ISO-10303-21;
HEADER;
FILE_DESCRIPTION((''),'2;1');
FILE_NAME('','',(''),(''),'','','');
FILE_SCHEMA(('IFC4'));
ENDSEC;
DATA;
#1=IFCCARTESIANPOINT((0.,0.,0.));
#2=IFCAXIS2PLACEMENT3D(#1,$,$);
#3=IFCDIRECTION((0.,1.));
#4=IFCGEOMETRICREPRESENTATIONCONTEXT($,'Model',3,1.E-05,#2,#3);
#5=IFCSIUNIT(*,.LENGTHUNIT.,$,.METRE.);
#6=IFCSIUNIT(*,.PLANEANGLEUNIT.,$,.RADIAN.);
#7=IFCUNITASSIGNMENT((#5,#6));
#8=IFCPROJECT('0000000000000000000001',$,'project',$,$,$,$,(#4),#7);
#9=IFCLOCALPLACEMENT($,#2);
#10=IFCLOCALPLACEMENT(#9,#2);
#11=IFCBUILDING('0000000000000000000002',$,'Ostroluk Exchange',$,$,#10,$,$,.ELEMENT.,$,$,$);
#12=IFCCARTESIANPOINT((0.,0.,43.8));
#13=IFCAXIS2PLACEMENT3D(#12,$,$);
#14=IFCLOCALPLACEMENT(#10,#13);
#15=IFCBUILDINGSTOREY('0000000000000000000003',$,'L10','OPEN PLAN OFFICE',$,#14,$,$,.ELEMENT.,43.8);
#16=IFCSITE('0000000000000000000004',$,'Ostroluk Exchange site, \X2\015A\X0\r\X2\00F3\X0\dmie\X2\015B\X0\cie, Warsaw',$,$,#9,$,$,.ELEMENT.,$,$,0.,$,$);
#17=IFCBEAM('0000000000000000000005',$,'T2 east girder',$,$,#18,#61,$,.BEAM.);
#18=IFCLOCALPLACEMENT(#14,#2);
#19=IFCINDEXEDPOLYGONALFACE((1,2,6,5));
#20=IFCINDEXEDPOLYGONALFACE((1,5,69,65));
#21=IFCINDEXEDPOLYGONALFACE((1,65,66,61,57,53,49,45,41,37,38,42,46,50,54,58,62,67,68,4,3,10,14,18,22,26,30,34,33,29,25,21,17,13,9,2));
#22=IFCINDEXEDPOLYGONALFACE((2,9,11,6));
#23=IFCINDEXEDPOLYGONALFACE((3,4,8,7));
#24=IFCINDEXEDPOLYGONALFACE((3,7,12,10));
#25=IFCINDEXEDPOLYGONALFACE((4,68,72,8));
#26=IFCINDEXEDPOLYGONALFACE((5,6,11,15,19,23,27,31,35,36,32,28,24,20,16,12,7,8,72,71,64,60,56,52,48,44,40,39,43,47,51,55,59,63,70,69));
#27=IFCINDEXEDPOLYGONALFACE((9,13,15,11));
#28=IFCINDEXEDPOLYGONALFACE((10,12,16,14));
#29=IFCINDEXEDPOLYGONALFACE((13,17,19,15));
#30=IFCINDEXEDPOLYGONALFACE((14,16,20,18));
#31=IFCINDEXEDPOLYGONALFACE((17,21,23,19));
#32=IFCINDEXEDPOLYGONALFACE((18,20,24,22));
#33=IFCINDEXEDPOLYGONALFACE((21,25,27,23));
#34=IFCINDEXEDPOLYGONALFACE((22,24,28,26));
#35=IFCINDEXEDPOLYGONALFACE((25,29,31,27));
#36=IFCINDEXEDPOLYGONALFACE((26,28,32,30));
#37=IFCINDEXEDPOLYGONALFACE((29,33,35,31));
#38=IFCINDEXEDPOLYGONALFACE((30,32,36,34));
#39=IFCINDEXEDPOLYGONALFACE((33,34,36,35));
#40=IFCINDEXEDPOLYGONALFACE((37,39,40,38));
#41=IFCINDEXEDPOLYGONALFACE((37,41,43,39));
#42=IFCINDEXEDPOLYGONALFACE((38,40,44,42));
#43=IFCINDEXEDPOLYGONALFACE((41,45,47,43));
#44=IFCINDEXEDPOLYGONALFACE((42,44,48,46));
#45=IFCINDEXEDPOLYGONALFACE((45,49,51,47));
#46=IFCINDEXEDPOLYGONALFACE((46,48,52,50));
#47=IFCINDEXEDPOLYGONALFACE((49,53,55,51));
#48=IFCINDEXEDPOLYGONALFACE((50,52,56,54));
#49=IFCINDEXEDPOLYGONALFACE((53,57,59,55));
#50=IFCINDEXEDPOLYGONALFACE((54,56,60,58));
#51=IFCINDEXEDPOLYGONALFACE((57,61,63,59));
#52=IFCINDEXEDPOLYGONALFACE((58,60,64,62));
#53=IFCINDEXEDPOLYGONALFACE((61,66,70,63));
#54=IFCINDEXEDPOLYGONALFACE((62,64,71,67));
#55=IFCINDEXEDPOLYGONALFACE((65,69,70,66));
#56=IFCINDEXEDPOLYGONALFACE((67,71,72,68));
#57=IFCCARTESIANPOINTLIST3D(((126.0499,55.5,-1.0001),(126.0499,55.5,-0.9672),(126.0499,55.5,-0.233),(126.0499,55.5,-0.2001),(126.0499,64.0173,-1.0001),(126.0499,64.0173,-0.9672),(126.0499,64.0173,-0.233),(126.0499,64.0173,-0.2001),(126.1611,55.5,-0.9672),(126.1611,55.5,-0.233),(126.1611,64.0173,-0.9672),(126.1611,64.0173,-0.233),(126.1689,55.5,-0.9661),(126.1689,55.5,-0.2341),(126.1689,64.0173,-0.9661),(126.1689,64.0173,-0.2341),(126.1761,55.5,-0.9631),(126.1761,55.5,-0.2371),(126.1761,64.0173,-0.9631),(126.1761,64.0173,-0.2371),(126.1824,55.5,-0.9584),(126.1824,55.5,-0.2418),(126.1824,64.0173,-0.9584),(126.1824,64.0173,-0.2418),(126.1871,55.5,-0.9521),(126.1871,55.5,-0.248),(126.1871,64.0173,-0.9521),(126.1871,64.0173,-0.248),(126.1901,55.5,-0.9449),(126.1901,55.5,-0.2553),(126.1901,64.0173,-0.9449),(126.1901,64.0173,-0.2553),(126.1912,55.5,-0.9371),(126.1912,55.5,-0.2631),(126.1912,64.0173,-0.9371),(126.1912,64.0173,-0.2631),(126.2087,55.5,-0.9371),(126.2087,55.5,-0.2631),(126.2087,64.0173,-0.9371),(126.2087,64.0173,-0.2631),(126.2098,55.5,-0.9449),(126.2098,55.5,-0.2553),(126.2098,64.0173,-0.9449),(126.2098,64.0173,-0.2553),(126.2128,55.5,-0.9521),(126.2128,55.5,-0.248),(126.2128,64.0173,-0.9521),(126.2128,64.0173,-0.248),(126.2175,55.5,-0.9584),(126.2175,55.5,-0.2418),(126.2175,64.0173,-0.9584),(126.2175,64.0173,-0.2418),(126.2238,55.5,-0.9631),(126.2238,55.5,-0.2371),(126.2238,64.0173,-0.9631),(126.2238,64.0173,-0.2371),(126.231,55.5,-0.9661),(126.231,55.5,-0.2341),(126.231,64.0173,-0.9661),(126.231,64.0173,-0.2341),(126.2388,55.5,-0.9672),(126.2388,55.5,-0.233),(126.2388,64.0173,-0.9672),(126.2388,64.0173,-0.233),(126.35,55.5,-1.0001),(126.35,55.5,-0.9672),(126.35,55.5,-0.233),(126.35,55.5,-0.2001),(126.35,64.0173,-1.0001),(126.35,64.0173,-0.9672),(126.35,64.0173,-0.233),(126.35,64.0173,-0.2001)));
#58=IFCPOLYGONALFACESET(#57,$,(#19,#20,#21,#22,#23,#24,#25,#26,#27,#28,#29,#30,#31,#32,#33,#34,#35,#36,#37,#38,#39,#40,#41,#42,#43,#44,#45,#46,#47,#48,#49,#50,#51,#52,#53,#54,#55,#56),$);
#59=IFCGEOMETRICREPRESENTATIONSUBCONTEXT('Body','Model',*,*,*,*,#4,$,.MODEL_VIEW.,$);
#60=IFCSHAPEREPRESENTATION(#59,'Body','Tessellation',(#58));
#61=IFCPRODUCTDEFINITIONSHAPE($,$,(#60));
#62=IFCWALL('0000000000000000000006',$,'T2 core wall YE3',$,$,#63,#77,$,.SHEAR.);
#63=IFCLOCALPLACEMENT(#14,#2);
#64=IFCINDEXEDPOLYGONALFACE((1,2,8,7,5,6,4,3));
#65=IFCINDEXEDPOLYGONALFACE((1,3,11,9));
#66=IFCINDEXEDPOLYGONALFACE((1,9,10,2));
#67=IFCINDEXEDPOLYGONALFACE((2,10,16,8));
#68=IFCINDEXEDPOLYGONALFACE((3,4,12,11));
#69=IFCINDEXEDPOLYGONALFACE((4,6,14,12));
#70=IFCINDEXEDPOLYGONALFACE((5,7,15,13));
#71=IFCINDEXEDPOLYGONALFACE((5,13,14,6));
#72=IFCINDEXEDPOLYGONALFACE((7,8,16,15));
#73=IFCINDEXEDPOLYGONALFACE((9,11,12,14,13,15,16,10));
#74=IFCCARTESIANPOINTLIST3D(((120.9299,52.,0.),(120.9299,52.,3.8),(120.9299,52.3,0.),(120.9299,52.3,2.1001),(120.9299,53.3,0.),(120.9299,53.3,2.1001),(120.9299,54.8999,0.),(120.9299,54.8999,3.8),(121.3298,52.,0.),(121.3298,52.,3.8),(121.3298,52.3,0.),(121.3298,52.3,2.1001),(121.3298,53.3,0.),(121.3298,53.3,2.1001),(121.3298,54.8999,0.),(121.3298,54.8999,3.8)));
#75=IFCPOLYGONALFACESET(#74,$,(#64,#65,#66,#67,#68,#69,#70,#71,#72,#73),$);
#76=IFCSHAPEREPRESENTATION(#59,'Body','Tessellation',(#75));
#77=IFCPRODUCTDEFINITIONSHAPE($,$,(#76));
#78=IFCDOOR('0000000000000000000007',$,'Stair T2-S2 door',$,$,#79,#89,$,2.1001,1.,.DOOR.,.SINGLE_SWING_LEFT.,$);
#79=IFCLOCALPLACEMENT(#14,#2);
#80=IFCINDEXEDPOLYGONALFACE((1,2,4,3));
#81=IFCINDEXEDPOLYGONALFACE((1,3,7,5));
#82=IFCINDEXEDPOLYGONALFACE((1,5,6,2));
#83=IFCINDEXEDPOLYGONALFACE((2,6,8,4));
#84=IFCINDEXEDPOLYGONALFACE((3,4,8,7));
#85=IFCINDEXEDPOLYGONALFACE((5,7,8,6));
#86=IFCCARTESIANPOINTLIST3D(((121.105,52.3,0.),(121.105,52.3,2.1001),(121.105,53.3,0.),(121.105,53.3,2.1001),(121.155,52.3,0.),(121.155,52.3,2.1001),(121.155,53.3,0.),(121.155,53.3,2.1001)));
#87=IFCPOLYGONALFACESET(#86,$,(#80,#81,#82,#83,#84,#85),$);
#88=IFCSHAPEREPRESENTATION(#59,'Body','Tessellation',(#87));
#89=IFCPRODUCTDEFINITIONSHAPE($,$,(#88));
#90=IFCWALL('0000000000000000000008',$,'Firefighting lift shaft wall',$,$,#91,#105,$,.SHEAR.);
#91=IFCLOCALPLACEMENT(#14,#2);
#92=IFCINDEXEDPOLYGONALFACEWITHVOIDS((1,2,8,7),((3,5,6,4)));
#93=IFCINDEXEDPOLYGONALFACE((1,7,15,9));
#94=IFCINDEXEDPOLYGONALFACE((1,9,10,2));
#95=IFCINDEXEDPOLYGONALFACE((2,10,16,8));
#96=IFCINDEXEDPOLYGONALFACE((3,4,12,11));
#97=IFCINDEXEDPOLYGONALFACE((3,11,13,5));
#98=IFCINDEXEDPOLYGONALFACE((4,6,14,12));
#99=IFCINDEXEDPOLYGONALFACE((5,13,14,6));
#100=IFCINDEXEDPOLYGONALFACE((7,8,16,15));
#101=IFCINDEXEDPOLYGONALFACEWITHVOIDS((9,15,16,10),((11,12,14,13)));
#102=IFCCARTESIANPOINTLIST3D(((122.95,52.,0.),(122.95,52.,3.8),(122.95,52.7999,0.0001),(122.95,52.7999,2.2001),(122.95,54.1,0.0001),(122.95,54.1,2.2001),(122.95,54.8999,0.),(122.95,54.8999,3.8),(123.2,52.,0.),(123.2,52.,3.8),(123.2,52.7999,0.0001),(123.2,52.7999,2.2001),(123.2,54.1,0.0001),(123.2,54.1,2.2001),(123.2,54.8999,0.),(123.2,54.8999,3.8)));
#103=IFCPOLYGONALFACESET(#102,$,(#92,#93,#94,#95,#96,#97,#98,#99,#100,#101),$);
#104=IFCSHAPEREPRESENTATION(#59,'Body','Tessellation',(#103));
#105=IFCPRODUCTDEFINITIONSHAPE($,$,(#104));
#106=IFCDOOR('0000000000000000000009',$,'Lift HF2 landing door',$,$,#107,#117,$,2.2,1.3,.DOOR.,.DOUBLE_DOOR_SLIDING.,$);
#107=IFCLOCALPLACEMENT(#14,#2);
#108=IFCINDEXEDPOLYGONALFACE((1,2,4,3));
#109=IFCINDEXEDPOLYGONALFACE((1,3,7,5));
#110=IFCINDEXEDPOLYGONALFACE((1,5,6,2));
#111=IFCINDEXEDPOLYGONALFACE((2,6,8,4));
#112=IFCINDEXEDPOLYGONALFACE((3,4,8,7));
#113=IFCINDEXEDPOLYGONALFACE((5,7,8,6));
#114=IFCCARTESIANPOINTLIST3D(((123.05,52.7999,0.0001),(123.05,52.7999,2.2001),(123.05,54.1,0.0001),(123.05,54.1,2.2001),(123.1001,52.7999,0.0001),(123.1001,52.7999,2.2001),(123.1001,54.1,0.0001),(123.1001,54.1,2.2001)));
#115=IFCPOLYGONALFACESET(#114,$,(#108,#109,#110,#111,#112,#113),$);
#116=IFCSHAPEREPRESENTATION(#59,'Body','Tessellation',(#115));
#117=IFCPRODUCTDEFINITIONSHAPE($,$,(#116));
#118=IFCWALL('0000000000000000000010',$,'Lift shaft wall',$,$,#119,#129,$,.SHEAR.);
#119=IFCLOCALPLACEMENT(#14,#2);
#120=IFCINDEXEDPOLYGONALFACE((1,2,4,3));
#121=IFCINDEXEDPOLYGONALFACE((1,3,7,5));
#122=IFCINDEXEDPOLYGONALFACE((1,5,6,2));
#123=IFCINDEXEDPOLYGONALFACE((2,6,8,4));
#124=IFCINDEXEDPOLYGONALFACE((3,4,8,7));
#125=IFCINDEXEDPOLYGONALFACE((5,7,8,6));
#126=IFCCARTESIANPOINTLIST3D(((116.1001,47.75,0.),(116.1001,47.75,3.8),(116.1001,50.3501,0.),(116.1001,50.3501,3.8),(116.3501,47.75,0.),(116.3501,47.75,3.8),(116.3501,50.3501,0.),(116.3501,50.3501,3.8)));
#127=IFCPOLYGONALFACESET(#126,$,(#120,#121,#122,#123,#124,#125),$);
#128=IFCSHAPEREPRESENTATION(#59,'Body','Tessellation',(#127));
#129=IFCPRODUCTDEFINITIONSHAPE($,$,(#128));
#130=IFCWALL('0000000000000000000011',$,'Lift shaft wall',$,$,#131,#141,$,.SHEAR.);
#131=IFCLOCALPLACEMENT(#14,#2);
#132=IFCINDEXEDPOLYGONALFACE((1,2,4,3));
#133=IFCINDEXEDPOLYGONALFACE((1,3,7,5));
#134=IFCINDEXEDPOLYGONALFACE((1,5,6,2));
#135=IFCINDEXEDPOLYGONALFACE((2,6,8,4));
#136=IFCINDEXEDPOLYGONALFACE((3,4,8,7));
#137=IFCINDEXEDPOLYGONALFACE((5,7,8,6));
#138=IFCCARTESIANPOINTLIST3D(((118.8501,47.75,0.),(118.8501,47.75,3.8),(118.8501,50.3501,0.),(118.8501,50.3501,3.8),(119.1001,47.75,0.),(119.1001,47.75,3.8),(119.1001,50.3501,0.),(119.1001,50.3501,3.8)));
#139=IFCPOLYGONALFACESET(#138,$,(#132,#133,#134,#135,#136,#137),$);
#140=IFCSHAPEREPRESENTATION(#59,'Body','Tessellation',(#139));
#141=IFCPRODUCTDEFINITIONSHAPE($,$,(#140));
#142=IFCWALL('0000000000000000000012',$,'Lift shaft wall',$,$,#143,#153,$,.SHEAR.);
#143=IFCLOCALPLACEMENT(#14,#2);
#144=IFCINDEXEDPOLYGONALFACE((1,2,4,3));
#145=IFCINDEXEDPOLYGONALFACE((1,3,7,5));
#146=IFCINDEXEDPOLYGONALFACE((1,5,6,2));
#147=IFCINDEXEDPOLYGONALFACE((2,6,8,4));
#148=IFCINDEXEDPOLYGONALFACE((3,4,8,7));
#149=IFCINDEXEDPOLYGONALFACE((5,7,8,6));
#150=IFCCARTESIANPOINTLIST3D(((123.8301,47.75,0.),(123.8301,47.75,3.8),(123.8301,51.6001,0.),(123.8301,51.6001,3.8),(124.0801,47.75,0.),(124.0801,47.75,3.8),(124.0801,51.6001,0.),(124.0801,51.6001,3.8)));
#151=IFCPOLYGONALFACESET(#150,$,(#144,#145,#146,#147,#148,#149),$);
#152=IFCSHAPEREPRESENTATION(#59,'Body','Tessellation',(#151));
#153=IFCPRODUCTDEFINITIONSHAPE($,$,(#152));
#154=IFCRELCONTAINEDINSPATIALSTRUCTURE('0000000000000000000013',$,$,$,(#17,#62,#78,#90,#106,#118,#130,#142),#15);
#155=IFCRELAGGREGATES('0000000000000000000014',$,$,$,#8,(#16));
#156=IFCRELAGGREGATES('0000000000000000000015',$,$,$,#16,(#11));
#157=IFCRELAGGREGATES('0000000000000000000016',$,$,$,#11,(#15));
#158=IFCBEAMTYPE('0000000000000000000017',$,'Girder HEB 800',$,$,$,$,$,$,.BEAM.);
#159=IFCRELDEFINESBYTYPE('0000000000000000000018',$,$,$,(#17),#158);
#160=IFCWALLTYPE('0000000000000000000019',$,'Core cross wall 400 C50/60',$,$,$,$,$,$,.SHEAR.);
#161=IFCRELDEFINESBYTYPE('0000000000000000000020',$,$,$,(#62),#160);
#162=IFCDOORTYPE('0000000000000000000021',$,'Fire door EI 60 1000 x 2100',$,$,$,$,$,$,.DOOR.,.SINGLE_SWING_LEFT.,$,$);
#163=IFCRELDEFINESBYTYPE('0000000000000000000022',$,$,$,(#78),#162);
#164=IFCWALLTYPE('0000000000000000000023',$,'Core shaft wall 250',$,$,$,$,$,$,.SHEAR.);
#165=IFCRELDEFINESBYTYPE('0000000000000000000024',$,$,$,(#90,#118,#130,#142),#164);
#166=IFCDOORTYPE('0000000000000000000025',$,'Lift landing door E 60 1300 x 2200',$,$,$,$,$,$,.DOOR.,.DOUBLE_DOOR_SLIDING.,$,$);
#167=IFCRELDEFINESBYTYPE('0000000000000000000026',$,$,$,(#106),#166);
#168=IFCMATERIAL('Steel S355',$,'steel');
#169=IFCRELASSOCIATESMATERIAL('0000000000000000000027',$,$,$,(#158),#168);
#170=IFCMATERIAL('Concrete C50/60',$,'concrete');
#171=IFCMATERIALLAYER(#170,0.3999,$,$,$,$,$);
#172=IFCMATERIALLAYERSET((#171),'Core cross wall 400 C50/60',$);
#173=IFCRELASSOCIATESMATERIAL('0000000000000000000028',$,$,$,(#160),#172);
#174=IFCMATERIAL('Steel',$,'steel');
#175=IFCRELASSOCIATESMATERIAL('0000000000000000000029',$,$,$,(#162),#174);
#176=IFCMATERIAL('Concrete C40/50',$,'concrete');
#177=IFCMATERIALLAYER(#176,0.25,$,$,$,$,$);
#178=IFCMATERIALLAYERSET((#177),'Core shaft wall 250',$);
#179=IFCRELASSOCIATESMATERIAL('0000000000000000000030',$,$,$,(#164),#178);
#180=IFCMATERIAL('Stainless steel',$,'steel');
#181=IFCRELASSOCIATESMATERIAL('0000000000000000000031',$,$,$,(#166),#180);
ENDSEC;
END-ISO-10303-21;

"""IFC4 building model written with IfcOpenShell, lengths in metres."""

from ifc_helpers import new_model, si_unit, direction, frame, frame_2d, origin, origin_2d, place, context, subcontext, project, spatial, rectangle, i_section, extrude, material, layer, layer_set, material_profile, profile_set, type_object, element, fill, save


model = new_model("IFC4")

# Units and contexts
model_context = context("Model", 3, precision=1e-05, world=origin(), true_north=direction((0.0, 1.0)))
body_context = subcontext(model_context, "Body", "Model", "MODEL_VIEW")
ifc_project = project(units=[si_unit("LENGTHUNIT", "METRE"), si_unit("PLANEANGLEUNIT", "RADIAN")], contexts=[model_context])

# Site, building, storey
site_placement = place(None, origin())
site = spatial("IfcSite", under=ifc_project, at=site_placement, Name="Ostroluk Exchange site, Śródmieście, Warsaw", CompositionType="ELEMENT", RefElevation=0.0)
building_placement = place(site_placement, origin())
building = spatial("IfcBuilding", under=site, at=building_placement, Name="Ostroluk Exchange", CompositionType="ELEMENT")
storey_placement = place(building_placement, frame((0.0, 0.0, 43.8)))
storey = spatial("IfcBuildingStorey", under=building, at=storey_placement, Name="L10", Description="OPEN PLAN OFFICE", CompositionType="ELEMENT", Elevation=43.8)

# Beam
ifc_material_1 = material(Name="Steel S355", Category="steel")
ifc_material_profile_1 = material_profile(ifc_material_1, i_section(OverallWidth=0.3, OverallDepth=0.8, WebThickness=0.0176, FlangeThickness=0.033, FilletRadius=0.03, at=origin_2d()), Name="HEB 800")
ifc_profile_set_1 = profile_set([ifc_material_profile_1], Name="Steel S355")
beam_type_1 = type_object("IfcBeamType", Name="Girder HEB 800", PredefinedType="BEAM", material=ifc_profile_set_1)
beam_1_placement = place(storey_placement, frame((126.2, 55.5, -0.6001), z_axis=(0.0, 1.0, 0.0), x_axis=(-1.0, 0.0, 0.0)))
element("IfcBeam", 1, at=beam_1_placement, inside=storey, type_object=beam_type_1, Name="T2 east girder", PredefinedType="BEAM", context=body_context, shape_type="SweptSolid", body=[
    extrude(i_section(OverallWidth=0.3, OverallDepth=0.8, WebThickness=0.0176, FlangeThickness=0.033, FilletRadius=0.03, at=origin_2d()), origin(), (0.0, 0.0, 1.0), 8.5173),
])

# Walls, openings, doors
ifc_material_2 = material(Name="Concrete C50/60", Category="concrete")
ifc_layer_1 = layer(ifc_material_2, 0.3999)
ifc_layer_set_1 = layer_set([ifc_layer_1], Name="Core cross wall 400 C50/60")
wall_type_1 = type_object("IfcWallType", Name="Core cross wall 400 C50/60", PredefinedType="SHEAR", material=ifc_layer_set_1)
wall_1_placement = place(storey_placement, frame((121.1299, 52.0, 0.0), z_axis=(0.0, 0.0, 1.0), x_axis=(0.0, 1.0, 0.0)))
wall_1 = element("IfcWall", 2, at=wall_1_placement, inside=storey, type_object=wall_type_1, Name="T2 core wall YE3", PredefinedType="SHEAR", context=body_context, shape_type="SweptSolid", body=[
    extrude(rectangle(XDim=2.8999, YDim=0.3999, at=frame_2d((1.45, 0.0))), origin(), (0.0, 0.0, 1.0), 3.8),
])
opening_1_placement = place(wall_1_placement, frame((0.3, 0.0, 0.0)))
opening_1 = element("IfcOpeningElement", 3, at=opening_1_placement, cuts=wall_1, PredefinedType="OPENING", context=body_context, shape_type="SweptSolid", body=[
    extrude(rectangle(XDim=1.0, YDim=2.1001, at=frame_2d((0.5, 1.05))), frame((0.0, 0.21, 0.0), z_axis=(0.0, -1.0, 0.0), x_axis=(1.0, 0.0, 0.0)), (0.0, 0.0, 1.0), 0.4199),
])
ifc_material_3 = material(Name="Steel", Category="steel")
door_type_1 = type_object("IfcDoorType", Name="Fire door EI 60 1000 x 2100", OperationType="SINGLE_SWING_LEFT", PredefinedType="DOOR", material=ifc_material_3)
door_1_placement = place(opening_1_placement, origin())
door_1 = element("IfcDoor", 4, at=door_1_placement, inside=storey, type_object=door_type_1, Name="Stair T2-S2 door", OperationType="SINGLE_SWING_LEFT", OverallHeight=2.1001, OverallWidth=1.0, PredefinedType="DOOR", context=body_context, shape_type="SweptSolid", body=[
    extrude(rectangle(XDim=1.0, YDim=2.1001, at=frame_2d((0.5, 1.05))), frame((0.0, 0.0249, 0.0), z_axis=(0.0, -1.0, 0.0), x_axis=(1.0, 0.0, 0.0)), (0.0, 0.0, 1.0), 0.05),
])
fill(opening_1, door_1)
ifc_material_4 = material(Name="Concrete C40/50", Category="concrete")
ifc_layer_2 = layer(ifc_material_4, 0.25)
ifc_layer_set_2 = layer_set([ifc_layer_2], Name="Core shaft wall 250")
wall_type_2 = type_object("IfcWallType", Name="Core shaft wall 250", PredefinedType="SHEAR", material=ifc_layer_set_2)
wall_2_placement = place(storey_placement, frame((123.075, 52.0, 0.0), z_axis=(0.0, 0.0, 1.0), x_axis=(0.0, 1.0, 0.0)))
wall_2 = element("IfcWall", 5, at=wall_2_placement, inside=storey, type_object=wall_type_2, Name="Firefighting lift shaft wall", PredefinedType="SHEAR", context=body_context, shape_type="SweptSolid", body=[
    extrude(rectangle(XDim=2.8999, YDim=0.25, at=frame_2d((1.45, 0.0))), origin(), (0.0, 0.0, 1.0), 3.8),
])
opening_2_placement = place(wall_2_placement, frame((0.8, 0.0, 0.0)))
opening_2 = element("IfcOpeningElement", 6, at=opening_2_placement, cuts=wall_2, PredefinedType="OPENING", context=body_context, shape_type="SweptSolid", body=[
    extrude(rectangle(XDim=1.3, YDim=2.2, at=frame_2d((0.6499, 1.1001))), frame((0.0, 0.135, 0.0), z_axis=(0.0, -1.0, 0.0), x_axis=(1.0, 0.0, 0.0)), (0.0, 0.0, 1.0), 0.27),
])
ifc_material_5 = material(Name="Stainless steel", Category="steel")
door_type_2 = type_object("IfcDoorType", Name="Lift landing door E 60 1300 x 2200", OperationType="DOUBLE_DOOR_SLIDING", PredefinedType="DOOR", material=ifc_material_5)
door_2_placement = place(opening_2_placement, origin())
door_2 = element("IfcDoor", 7, at=door_2_placement, inside=storey, type_object=door_type_2, Name="Lift HF2 landing door", OperationType="DOUBLE_DOOR_SLIDING", OverallHeight=2.2, OverallWidth=1.3, PredefinedType="DOOR", context=body_context, shape_type="SweptSolid", body=[
    extrude(rectangle(XDim=1.3, YDim=2.2, at=frame_2d((0.6499, 1.1001))), frame((0.0, 0.0249, 0.0), z_axis=(0.0, -1.0, 0.0), x_axis=(1.0, 0.0, 0.0)), (0.0, 0.0, 1.0), 0.05),
])
fill(opening_2, door_2)

# Walls
for number, where, z_axis, x_axis, name in (
    (8, (116.2251, 47.75, 0.0), (0.0, 0.0, 1.0), (0.0, 1.0, 0.0), "Lift shaft wall"),
    (9, (118.9751, 47.75, 0.0), (0.0, 0.0, 1.0), (0.0, 1.0, 0.0), "Lift shaft wall"),
):
    element("IfcWall", number, at=place(storey_placement, frame(where, z_axis=z_axis, x_axis=x_axis)), inside=storey, type_object=wall_type_2, Name=name, PredefinedType="SHEAR", context=body_context, shape_type="SweptSolid", body=[
        extrude(rectangle(XDim=2.6001, YDim=0.25, at=frame_2d((1.3, 0.0))), origin(), (0.0, 0.0, 1.0), 3.8),
    ])
wall_3_placement = place(storey_placement, frame((123.9551, 47.75, 0.0), z_axis=(0.0, 0.0, 1.0), x_axis=(0.0, 1.0, 0.0)))
element("IfcWall", 10, at=wall_3_placement, inside=storey, type_object=wall_type_2, Name="Lift shaft wall", PredefinedType="SHEAR", context=body_context, shape_type="SweptSolid", body=[
    extrude(rectangle(XDim=3.8501, YDim=0.25, at=frame_2d((1.925, 0.0))), origin(), (0.0, 0.0, 1.0), 3.8),
])

save(model, "model.ifc")
